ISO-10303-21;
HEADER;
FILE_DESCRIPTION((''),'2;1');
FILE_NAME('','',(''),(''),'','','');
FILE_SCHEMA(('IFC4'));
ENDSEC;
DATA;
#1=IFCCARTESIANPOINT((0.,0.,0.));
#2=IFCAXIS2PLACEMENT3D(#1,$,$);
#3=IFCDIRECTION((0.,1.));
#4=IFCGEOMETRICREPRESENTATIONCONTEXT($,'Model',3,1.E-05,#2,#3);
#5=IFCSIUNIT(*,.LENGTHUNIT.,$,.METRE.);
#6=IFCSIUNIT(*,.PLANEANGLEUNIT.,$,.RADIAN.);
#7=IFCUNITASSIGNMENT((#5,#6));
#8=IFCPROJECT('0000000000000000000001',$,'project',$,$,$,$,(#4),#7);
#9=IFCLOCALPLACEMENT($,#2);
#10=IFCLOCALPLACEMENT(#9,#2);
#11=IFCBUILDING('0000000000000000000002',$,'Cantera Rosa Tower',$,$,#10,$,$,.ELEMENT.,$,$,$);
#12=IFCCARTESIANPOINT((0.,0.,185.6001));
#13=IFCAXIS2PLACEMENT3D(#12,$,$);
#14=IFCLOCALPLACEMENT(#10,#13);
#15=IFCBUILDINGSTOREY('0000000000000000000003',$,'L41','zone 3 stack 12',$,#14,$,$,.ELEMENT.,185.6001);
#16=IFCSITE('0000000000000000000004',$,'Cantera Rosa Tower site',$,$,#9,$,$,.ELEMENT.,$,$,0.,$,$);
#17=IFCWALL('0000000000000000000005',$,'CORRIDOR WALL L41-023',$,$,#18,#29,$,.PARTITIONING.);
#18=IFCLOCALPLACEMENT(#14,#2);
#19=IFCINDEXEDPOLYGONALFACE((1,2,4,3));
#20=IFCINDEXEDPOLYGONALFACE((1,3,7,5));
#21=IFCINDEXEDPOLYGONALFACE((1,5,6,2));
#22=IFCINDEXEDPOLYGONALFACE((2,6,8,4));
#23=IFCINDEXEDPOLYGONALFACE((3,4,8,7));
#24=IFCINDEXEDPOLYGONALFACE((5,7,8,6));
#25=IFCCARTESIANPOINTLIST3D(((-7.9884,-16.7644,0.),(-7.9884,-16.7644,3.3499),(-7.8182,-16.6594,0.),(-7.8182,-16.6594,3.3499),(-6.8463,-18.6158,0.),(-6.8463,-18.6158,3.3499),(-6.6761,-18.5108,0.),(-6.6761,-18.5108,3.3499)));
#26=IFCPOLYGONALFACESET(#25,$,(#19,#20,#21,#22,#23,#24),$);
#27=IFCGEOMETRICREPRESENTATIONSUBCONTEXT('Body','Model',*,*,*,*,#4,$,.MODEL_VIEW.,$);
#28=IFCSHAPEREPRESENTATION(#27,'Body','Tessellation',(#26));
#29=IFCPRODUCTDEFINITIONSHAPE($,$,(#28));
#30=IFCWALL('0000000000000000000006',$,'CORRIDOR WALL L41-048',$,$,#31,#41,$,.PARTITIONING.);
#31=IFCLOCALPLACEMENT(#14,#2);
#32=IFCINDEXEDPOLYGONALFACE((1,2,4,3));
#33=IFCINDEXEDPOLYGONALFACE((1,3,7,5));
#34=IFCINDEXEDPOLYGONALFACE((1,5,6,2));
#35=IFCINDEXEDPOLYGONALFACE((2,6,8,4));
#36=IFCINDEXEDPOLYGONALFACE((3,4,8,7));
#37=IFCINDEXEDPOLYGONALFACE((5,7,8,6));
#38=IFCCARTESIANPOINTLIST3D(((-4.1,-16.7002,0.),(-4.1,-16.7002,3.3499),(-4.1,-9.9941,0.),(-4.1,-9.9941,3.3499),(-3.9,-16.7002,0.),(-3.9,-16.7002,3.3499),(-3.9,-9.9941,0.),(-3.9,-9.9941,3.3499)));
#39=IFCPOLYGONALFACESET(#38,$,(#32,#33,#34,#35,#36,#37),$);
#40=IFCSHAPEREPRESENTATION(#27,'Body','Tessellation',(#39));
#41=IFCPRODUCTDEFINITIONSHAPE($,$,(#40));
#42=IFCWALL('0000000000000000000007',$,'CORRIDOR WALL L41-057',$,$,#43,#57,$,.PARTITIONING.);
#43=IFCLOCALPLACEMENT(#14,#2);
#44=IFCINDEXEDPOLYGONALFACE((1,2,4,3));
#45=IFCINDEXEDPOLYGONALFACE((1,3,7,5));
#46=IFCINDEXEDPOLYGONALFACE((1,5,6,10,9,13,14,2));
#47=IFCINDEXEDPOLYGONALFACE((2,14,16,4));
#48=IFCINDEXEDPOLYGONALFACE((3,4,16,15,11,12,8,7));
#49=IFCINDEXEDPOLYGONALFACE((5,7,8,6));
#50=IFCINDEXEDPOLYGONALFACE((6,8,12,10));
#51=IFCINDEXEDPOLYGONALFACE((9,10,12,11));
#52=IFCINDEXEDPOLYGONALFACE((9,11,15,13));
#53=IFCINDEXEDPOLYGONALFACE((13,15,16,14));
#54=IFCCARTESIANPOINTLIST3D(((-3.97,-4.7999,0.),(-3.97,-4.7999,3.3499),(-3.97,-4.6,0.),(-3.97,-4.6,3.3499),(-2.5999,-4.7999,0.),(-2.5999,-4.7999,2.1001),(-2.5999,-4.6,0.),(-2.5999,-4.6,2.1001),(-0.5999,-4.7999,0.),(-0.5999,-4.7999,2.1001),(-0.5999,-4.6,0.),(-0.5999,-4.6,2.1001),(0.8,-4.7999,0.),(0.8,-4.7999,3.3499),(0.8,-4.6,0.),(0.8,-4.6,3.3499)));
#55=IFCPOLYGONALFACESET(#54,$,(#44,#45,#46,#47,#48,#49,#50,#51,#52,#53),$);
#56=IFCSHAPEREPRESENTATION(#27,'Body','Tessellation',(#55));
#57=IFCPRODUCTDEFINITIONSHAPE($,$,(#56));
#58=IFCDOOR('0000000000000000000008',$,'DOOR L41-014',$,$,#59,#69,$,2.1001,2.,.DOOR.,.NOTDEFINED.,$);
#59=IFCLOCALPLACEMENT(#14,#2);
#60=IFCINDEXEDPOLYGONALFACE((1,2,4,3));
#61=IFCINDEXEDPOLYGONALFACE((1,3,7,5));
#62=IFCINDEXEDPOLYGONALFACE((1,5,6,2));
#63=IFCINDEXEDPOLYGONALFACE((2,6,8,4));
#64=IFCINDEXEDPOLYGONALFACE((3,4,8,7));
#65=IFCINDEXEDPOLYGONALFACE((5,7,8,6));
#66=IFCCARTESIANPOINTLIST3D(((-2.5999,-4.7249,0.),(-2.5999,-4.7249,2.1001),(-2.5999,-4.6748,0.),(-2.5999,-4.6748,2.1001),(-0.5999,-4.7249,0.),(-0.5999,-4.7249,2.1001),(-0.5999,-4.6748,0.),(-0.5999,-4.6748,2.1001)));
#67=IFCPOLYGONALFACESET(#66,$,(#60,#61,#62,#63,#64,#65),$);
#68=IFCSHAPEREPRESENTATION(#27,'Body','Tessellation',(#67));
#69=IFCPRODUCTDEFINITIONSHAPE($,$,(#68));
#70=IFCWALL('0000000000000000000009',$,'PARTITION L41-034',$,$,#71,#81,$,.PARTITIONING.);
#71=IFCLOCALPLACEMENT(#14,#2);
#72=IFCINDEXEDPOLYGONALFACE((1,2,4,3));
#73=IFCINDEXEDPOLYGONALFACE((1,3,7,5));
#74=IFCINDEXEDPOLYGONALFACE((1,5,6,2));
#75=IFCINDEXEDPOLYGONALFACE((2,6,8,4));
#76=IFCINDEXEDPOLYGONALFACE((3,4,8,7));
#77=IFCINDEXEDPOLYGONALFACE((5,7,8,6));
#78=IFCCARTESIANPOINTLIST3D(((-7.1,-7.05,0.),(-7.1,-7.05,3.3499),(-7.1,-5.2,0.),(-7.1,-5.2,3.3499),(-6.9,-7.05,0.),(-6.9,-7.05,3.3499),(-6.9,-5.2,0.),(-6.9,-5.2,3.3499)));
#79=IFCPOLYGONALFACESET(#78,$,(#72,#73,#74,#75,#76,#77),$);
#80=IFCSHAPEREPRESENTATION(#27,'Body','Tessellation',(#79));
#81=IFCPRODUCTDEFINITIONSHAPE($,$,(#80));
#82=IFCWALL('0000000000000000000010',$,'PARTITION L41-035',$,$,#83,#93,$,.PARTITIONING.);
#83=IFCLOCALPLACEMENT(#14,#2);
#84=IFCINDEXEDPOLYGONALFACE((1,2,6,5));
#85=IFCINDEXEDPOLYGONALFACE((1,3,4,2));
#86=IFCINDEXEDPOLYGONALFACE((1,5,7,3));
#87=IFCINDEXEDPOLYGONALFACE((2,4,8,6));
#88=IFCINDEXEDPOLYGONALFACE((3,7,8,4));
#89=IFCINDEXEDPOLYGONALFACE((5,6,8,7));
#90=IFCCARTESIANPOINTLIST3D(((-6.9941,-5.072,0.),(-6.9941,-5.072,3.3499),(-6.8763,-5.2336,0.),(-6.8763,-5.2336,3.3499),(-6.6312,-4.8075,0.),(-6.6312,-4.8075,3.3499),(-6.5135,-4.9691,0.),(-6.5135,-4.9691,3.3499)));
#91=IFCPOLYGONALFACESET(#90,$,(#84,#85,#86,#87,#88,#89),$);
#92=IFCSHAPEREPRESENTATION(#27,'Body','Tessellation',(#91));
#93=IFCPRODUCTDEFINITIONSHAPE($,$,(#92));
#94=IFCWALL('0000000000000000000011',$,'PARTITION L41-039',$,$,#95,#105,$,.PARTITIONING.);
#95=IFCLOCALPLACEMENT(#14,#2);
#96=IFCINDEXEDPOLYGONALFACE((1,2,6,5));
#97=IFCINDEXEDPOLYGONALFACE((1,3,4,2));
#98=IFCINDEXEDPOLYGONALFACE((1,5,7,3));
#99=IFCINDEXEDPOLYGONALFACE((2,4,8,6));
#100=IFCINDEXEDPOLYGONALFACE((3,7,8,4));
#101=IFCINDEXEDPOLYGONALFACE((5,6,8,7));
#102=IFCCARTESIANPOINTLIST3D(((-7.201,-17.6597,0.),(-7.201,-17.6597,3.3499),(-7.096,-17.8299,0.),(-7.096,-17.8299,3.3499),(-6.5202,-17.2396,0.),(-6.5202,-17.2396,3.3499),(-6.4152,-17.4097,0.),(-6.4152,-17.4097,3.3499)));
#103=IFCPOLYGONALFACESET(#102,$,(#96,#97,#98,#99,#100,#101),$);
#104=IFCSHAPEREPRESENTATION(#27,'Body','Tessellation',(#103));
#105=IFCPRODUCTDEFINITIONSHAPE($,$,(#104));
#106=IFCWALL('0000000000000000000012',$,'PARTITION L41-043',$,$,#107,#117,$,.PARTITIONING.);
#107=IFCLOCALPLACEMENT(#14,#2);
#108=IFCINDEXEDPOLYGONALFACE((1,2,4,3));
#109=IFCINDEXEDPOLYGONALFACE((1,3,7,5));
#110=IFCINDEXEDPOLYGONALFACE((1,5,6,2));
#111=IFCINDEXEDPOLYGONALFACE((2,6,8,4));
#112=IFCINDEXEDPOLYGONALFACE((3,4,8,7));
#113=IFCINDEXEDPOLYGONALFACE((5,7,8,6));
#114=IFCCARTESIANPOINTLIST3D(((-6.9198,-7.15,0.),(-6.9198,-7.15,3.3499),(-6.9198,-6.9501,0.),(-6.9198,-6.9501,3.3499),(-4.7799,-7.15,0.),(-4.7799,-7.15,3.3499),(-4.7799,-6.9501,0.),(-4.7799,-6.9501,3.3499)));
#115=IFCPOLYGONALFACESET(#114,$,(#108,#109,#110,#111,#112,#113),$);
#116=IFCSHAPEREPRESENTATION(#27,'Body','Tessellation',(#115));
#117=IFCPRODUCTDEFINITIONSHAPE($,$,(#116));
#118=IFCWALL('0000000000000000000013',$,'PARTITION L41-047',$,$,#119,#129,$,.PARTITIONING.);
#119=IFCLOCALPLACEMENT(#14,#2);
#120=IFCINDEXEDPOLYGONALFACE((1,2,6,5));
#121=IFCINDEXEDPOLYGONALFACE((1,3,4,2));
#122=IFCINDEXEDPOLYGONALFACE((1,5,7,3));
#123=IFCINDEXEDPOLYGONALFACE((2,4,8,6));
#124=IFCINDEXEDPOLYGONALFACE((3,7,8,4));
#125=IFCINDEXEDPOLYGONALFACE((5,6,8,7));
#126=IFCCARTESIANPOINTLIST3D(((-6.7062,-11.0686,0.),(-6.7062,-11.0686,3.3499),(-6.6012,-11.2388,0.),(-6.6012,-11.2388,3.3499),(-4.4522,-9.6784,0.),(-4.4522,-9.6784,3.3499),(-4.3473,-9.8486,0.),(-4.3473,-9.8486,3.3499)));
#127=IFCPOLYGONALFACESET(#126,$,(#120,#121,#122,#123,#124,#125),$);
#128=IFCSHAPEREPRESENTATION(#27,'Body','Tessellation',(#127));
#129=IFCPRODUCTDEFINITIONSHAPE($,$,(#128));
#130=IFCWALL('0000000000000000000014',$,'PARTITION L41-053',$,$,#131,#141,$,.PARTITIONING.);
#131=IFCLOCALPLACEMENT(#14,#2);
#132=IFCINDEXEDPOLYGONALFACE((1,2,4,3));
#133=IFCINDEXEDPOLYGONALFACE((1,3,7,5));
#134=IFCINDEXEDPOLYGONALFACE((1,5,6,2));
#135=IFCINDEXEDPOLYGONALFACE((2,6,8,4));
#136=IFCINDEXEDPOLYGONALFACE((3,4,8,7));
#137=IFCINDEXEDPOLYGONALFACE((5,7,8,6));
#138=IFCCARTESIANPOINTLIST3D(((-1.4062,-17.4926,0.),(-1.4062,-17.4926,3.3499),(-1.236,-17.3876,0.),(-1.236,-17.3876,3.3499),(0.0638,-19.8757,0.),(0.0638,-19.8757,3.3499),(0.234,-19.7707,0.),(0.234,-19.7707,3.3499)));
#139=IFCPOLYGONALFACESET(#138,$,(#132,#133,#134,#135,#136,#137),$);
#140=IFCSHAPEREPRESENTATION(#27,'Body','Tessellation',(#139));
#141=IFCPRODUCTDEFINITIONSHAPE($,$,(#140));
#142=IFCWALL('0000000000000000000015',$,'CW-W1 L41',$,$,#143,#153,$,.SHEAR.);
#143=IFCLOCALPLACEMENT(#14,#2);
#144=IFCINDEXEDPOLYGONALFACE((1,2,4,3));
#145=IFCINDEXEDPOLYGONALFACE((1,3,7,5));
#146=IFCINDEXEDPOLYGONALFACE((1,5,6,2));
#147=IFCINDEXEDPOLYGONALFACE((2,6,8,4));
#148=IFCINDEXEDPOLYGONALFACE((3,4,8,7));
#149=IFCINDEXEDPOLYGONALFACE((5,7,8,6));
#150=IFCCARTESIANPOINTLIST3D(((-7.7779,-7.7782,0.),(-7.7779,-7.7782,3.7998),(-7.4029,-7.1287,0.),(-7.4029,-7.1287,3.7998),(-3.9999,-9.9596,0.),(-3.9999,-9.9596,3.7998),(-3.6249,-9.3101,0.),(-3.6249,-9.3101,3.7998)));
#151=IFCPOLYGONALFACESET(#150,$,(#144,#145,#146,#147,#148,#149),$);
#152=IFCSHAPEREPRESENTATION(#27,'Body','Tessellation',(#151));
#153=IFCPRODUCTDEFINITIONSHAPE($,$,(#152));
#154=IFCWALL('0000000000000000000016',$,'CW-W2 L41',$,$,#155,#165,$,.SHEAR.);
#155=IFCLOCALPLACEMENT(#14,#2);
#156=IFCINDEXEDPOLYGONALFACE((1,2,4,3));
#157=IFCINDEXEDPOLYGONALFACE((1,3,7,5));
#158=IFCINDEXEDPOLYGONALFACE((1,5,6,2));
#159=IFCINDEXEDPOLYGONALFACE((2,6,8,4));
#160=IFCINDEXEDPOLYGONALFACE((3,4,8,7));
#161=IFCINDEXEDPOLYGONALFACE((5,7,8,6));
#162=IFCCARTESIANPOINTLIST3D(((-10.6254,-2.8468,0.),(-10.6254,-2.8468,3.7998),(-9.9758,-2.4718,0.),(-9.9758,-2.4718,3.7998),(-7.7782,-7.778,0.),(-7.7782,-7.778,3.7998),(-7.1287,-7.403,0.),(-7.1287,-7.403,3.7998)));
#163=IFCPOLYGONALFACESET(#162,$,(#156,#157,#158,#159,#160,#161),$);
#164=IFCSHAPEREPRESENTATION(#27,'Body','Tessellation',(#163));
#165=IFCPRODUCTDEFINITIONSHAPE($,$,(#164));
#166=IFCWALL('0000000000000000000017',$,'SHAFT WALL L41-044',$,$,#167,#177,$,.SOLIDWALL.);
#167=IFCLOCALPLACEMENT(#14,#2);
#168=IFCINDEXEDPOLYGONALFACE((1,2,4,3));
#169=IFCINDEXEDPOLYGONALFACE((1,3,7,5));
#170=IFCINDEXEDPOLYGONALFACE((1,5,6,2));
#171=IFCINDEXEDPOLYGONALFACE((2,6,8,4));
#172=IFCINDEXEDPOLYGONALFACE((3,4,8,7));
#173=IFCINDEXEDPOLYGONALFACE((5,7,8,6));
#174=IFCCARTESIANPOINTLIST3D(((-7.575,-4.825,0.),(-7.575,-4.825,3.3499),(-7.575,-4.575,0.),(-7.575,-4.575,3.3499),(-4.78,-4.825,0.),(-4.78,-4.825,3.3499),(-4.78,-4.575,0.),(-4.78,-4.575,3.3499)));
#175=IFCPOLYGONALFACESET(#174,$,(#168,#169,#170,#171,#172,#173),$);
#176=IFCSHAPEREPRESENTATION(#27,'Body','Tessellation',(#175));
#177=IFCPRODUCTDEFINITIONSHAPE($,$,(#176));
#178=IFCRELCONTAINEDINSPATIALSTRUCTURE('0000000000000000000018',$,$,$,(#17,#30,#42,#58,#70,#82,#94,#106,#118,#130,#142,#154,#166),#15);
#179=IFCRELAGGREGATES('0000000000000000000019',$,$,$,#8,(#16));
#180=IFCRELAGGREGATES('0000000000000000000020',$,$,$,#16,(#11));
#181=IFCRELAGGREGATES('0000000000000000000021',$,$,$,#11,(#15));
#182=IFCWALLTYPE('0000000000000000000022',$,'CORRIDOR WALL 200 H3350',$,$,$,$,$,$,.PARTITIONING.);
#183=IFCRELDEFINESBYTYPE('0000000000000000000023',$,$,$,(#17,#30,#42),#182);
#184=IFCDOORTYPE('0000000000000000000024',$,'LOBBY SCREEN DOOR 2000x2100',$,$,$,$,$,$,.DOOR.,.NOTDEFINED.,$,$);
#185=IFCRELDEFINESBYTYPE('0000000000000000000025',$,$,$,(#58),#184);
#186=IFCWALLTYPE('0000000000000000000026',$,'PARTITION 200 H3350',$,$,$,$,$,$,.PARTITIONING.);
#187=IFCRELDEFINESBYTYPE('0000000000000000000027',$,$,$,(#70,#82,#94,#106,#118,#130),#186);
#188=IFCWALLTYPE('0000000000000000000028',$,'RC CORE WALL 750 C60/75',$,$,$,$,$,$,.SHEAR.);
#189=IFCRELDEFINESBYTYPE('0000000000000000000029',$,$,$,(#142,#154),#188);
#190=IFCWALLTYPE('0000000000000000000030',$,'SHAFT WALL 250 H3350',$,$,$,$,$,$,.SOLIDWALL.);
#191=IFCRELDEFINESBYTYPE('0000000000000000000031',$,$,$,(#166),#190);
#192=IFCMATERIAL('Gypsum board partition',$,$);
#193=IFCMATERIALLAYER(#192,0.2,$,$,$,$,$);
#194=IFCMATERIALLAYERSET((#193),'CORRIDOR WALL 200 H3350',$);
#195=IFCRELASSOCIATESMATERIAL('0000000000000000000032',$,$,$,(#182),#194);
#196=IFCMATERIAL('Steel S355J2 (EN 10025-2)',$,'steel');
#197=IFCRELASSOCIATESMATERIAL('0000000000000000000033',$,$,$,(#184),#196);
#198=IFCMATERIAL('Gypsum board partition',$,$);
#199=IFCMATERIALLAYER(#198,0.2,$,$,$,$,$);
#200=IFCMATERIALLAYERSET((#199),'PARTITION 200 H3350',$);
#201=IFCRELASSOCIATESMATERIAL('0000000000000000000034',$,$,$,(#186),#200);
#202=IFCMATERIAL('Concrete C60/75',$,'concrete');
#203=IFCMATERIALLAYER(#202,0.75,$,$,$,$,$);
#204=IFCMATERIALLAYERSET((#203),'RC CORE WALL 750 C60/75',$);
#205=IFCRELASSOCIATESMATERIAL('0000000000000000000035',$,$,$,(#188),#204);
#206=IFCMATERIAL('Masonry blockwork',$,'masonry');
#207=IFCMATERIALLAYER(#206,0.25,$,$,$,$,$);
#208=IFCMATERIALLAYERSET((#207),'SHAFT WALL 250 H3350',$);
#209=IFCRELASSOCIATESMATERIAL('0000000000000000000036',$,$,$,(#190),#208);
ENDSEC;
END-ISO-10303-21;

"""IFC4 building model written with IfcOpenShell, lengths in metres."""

from ifc_helpers import new_model, si_unit, direction, frame, frame_2d, origin, place, context, subcontext, project, spatial, rectangle, extrude, material, layer, layer_set, type_object, element, fill, save


model = new_model("IFC4")

# Units and contexts
model_context = context("Model", 3, precision=1e-05, world=origin(), true_north=direction((0.0, 1.0)))
body_context = subcontext(model_context, "Body", "Model", "MODEL_VIEW")
ifc_project = project(units=[si_unit("LENGTHUNIT", "METRE"), si_unit("PLANEANGLEUNIT", "RADIAN")], contexts=[model_context])

# Site, building, storey
site_placement = place(None, origin())
site = spatial("IfcSite", under=ifc_project, at=site_placement, Name="Cantera Rosa Tower site", CompositionType="ELEMENT", RefElevation=0.0)
building_placement = place(site_placement, origin())
building = spatial("IfcBuilding", under=site, at=building_placement, Name="Cantera Rosa Tower", CompositionType="ELEMENT")
storey_placement = place(building_placement, frame((0.0, 0.0, 185.6001)))
storey = spatial("IfcBuildingStorey", under=building, at=storey_placement, Name="L41", Description="zone 3 stack 12", CompositionType="ELEMENT", Elevation=185.6001)

# Walls
ifc_material_1 = material(Name="Gypsum board partition")
ifc_layer_1 = layer(ifc_material_1, 0.2)
ifc_layer_set_1 = layer_set([ifc_layer_1], Name="CORRIDOR WALL 200 H3350")
wall_type_1 = type_object("IfcWallType", Name="CORRIDOR WALL 200 H3350", PredefinedType="PARTITIONING", material=ifc_layer_set_1)
wall_1_placement = place(storey_placement, frame((-7.9033, -16.7119, 0.0), z_axis=(0.0, 0.0, 1.0), x_axis=(0.525036, -0.85108, 0.0)))
element("IfcWall", 1, at=wall_1_placement, inside=storey, type_object=wall_type_1, Name="CORRIDOR WALL L41-023", PredefinedType="PARTITIONING", context=body_context, shape_type="SweptSolid", body=[
    extrude(rectangle(XDim=2.1753, YDim=0.2, at=frame_2d((1.0876, 0.0))), origin(), (0.0, 0.0, 1.0), 3.3499),
])
wall_2_placement = place(storey_placement, frame((-4.0, -9.9941, 0.0), z_axis=(0.0, 0.0, 1.0), x_axis=(0.0, -1.0, 0.0)))
element("IfcWall", 2, at=wall_2_placement, inside=storey, type_object=wall_type_1, Name="CORRIDOR WALL L41-048", PredefinedType="PARTITIONING", context=body_context, shape_type="SweptSolid", body=[
    extrude(rectangle(XDim=6.7061, YDim=0.2, at=frame_2d((3.353, 0.0))), origin(), (0.0, 0.0, 1.0), 3.3499),
])

# Wall, opening, door
wall_3_placement = place(storey_placement, frame((0.8, -4.7, 0.0), z_axis=(0.0, 0.0, 1.0), x_axis=(-1.0, 0.0, 0.0)))
wall_3 = element("IfcWall", 3, at=wall_3_placement, inside=storey, type_object=wall_type_1, Name="CORRIDOR WALL L41-057", PredefinedType="PARTITIONING", context=body_context, shape_type="SweptSolid", body=[
    extrude(rectangle(XDim=4.77, YDim=0.2, at=frame_2d((2.385, 0.0))), origin(), (0.0, 0.0, 1.0), 3.3499),
])
opening_1_placement = place(wall_3_placement, frame((1.3999, 0.0, 0.0)))
opening_1 = element("IfcOpeningElement", 4, at=opening_1_placement, cuts=wall_3, PredefinedType="OPENING", context=body_context, shape_type="SweptSolid", body=[
    extrude(rectangle(XDim=2.0, YDim=2.1001, at=frame_2d((1.0, 1.05))), frame((0.0, 0.1099, 0.0), z_axis=(0.0, -1.0, 0.0), x_axis=(1.0, 0.0, 0.0)), (0.0, 0.0, 1.0), 0.22),
])
ifc_material_2 = material(Name="Steel S355J2 (EN 10025-2)", Category="steel")
door_type_1 = type_object("IfcDoorType", Name="LOBBY SCREEN DOOR 2000x2100", OperationType="NOTDEFINED", PredefinedType="DOOR", material=ifc_material_2)
door_1_placement = place(opening_1_placement, origin())
door_1 = element("IfcDoor", 5, at=door_1_placement, inside=storey, type_object=door_type_1, Name="DOOR L41-014", OperationType="NOTDEFINED", OverallHeight=2.1001, OverallWidth=2.0, PredefinedType="DOOR", context=body_context, shape_type="SweptSolid", body=[
    extrude(rectangle(XDim=2.0, YDim=2.1001, at=frame_2d((1.0, 1.05))), frame((0.0, 0.0249, 0.0), z_axis=(0.0, -1.0, 0.0), x_axis=(1.0, 0.0, 0.0)), (0.0, 0.0, 1.0), 0.05),
])
fill(opening_1, door_1)

# Walls
ifc_material_3 = material(Name="Gypsum board partition")
ifc_layer_2 = layer(ifc_material_3, 0.2)
ifc_layer_set_2 = layer_set([ifc_layer_2], Name="PARTITION 200 H3350")
wall_type_2 = type_object("IfcWallType", Name="PARTITION 200 H3350", PredefinedType="PARTITIONING", material=ifc_layer_set_2)
wall_4_placement = place(storey_placement, frame((-7.0, -7.05, 0.0), z_axis=(0.0, 0.0, 1.0), x_axis=(0.0, 1.0, 0.0)))
element("IfcWall", 6, at=wall_4_placement, inside=storey, type_object=wall_type_2, Name="PARTITION L41-034", PredefinedType="PARTITIONING", context=body_context, shape_type="SweptSolid", body=[
    extrude(rectangle(XDim=1.8501, YDim=0.2, at=frame_2d((0.925, 0.0))), origin(), (0.0, 0.0, 1.0), 3.3499),
])
wall_5_placement = place(storey_placement, frame((-6.9353, -5.1528, 0.0), z_axis=(0.0, 0.0, 1.0), x_axis=(0.808148, 0.58898, 0.0)))
element("IfcWall", 7, at=wall_5_placement, inside=storey, type_object=wall_type_2, Name="PARTITION L41-035", PredefinedType="PARTITIONING", context=body_context, shape_type="SweptSolid", body=[
    extrude(rectangle(XDim=0.449, YDim=0.2, at=frame_2d((0.2246, 0.0))), origin(), (0.0, 0.0, 1.0), 3.3499),
])
wall_6_placement = place(storey_placement, frame((-6.4678, -17.3247, 0.0), z_axis=(0.0, 0.0, 1.0), x_axis=(-0.851019, -0.525136, 0.0)))
element("IfcWall", 8, at=wall_6_placement, inside=storey, type_object=wall_type_2, Name="PARTITION L41-039", PredefinedType="PARTITIONING", context=body_context, shape_type="SweptSolid", body=[
    extrude(rectangle(XDim=0.8, YDim=0.2, at=frame_2d((0.3999, 0.0))), origin(), (0.0, 0.0, 1.0), 3.3499),
])
wall_7_placement = place(storey_placement, frame((-4.78, -7.05, 0.0), z_axis=(0.0, 0.0, 1.0), x_axis=(-1.0, 0.0, 0.0)))
element("IfcWall", 9, at=wall_7_placement, inside=storey, type_object=wall_type_2, Name="PARTITION L41-043", PredefinedType="PARTITIONING", context=body_context, shape_type="SweptSolid", body=[
    extrude(rectangle(XDim=2.1399, YDim=0.2, at=frame_2d((1.0698, 0.0))), origin(), (0.0, 0.0, 1.0), 3.3499),
])
wall_8_placement = place(storey_placement, frame((-4.3997, -9.7634, 0.0), z_axis=(0.0, 0.0, 1.0), x_axis=(-0.851132, -0.524951, 0.0)))
element("IfcWall", 10, at=wall_8_placement, inside=storey, type_object=wall_type_2, Name="PARTITION L41-047", PredefinedType="PARTITIONING", context=body_context, shape_type="SweptSolid", body=[
    extrude(rectangle(XDim=2.6482, YDim=0.2, at=frame_2d((1.3242, 0.0))), origin(), (0.0, 0.0, 1.0), 3.3499),
])
wall_9_placement = place(storey_placement, frame((-1.321, -17.4402, 0.0), z_axis=(0.0, 0.0, 1.0), x_axis=(0.524997, -0.851104, 0.0)))
element("IfcWall", 11, at=wall_9_placement, inside=storey, type_object=wall_type_2, Name="PARTITION L41-053", PredefinedType="PARTITIONING", context=body_context, shape_type="SweptSolid", body=[
    extrude(rectangle(XDim=2.8, YDim=0.2, at=frame_2d((1.3999, 0.0))), origin(), (0.0, 0.0, 1.0), 3.3499),
])
ifc_material_4 = material(Name="Concrete C60/75", Category="concrete")
ifc_layer_3 = layer(ifc_material_4, 0.75)
ifc_layer_set_3 = layer_set([ifc_layer_3], Name="RC CORE WALL 750 C60/75")
wall_type_3 = type_object("IfcWallType", Name="RC CORE WALL 750 C60/75", PredefinedType="SHEAR", material=ifc_layer_set_3)
wall_10_placement = place(storey_placement, frame((-3.8125, -9.6348, 0.0), z_axis=(0.0, 0.0, 1.0), x_axis=(-0.866013, 0.500021, 0.0)))
element("IfcWall", 12, at=wall_10_placement, inside=storey, type_object=wall_type_3, Name="CW-W1 L41", PredefinedType="SHEAR", context=body_context, shape_type="SweptSolid", body=[
    extrude(rectangle(XDim=4.3625, YDim=0.75, at=frame_2d((2.1812, 0.0))), origin(), (0.0, 0.0, 1.0), 3.7998),
])
wall_11_placement = place(storey_placement, frame((-7.4534, -7.5906, 0.0), z_axis=(0.0, 0.0, 1.0), x_axis=(-0.500022, 0.866013, 0.0)))
element("IfcWall", 13, at=wall_11_placement, inside=storey, type_object=wall_type_3, Name="CW-W2 L41", PredefinedType="SHEAR", context=body_context, shape_type="SweptSolid", body=[
    extrude(rectangle(XDim=5.6941, YDim=0.75, at=frame_2d((2.8472, 0.0))), origin(), (0.0, 0.0, 1.0), 3.7998),
])
ifc_material_5 = material(Name="Masonry blockwork", Category="masonry")
ifc_layer_4 = layer(ifc_material_5, 0.25)
ifc_layer_set_4 = layer_set([ifc_layer_4], Name="SHAFT WALL 250 H3350")
wall_type_4 = type_object("IfcWallType", Name="SHAFT WALL 250 H3350", PredefinedType="SOLIDWALL", material=ifc_layer_set_4)
wall_12_placement = place(storey_placement, frame((-4.78, -4.7, 0.0), z_axis=(0.0, 0.0, 1.0), x_axis=(-1.0, 0.0, 0.0)))
element("IfcWall", 14, at=wall_12_placement, inside=storey, type_object=wall_type_4, Name="SHAFT WALL L41-044", PredefinedType="SOLIDWALL", context=body_context, shape_type="SweptSolid", body=[
    extrude(rectangle(XDim=2.7949, YDim=0.25, at=frame_2d((1.3975, 0.0))), origin(), (0.0, 0.0, 1.0), 3.3499),
])

save(model, "model.ifc")
